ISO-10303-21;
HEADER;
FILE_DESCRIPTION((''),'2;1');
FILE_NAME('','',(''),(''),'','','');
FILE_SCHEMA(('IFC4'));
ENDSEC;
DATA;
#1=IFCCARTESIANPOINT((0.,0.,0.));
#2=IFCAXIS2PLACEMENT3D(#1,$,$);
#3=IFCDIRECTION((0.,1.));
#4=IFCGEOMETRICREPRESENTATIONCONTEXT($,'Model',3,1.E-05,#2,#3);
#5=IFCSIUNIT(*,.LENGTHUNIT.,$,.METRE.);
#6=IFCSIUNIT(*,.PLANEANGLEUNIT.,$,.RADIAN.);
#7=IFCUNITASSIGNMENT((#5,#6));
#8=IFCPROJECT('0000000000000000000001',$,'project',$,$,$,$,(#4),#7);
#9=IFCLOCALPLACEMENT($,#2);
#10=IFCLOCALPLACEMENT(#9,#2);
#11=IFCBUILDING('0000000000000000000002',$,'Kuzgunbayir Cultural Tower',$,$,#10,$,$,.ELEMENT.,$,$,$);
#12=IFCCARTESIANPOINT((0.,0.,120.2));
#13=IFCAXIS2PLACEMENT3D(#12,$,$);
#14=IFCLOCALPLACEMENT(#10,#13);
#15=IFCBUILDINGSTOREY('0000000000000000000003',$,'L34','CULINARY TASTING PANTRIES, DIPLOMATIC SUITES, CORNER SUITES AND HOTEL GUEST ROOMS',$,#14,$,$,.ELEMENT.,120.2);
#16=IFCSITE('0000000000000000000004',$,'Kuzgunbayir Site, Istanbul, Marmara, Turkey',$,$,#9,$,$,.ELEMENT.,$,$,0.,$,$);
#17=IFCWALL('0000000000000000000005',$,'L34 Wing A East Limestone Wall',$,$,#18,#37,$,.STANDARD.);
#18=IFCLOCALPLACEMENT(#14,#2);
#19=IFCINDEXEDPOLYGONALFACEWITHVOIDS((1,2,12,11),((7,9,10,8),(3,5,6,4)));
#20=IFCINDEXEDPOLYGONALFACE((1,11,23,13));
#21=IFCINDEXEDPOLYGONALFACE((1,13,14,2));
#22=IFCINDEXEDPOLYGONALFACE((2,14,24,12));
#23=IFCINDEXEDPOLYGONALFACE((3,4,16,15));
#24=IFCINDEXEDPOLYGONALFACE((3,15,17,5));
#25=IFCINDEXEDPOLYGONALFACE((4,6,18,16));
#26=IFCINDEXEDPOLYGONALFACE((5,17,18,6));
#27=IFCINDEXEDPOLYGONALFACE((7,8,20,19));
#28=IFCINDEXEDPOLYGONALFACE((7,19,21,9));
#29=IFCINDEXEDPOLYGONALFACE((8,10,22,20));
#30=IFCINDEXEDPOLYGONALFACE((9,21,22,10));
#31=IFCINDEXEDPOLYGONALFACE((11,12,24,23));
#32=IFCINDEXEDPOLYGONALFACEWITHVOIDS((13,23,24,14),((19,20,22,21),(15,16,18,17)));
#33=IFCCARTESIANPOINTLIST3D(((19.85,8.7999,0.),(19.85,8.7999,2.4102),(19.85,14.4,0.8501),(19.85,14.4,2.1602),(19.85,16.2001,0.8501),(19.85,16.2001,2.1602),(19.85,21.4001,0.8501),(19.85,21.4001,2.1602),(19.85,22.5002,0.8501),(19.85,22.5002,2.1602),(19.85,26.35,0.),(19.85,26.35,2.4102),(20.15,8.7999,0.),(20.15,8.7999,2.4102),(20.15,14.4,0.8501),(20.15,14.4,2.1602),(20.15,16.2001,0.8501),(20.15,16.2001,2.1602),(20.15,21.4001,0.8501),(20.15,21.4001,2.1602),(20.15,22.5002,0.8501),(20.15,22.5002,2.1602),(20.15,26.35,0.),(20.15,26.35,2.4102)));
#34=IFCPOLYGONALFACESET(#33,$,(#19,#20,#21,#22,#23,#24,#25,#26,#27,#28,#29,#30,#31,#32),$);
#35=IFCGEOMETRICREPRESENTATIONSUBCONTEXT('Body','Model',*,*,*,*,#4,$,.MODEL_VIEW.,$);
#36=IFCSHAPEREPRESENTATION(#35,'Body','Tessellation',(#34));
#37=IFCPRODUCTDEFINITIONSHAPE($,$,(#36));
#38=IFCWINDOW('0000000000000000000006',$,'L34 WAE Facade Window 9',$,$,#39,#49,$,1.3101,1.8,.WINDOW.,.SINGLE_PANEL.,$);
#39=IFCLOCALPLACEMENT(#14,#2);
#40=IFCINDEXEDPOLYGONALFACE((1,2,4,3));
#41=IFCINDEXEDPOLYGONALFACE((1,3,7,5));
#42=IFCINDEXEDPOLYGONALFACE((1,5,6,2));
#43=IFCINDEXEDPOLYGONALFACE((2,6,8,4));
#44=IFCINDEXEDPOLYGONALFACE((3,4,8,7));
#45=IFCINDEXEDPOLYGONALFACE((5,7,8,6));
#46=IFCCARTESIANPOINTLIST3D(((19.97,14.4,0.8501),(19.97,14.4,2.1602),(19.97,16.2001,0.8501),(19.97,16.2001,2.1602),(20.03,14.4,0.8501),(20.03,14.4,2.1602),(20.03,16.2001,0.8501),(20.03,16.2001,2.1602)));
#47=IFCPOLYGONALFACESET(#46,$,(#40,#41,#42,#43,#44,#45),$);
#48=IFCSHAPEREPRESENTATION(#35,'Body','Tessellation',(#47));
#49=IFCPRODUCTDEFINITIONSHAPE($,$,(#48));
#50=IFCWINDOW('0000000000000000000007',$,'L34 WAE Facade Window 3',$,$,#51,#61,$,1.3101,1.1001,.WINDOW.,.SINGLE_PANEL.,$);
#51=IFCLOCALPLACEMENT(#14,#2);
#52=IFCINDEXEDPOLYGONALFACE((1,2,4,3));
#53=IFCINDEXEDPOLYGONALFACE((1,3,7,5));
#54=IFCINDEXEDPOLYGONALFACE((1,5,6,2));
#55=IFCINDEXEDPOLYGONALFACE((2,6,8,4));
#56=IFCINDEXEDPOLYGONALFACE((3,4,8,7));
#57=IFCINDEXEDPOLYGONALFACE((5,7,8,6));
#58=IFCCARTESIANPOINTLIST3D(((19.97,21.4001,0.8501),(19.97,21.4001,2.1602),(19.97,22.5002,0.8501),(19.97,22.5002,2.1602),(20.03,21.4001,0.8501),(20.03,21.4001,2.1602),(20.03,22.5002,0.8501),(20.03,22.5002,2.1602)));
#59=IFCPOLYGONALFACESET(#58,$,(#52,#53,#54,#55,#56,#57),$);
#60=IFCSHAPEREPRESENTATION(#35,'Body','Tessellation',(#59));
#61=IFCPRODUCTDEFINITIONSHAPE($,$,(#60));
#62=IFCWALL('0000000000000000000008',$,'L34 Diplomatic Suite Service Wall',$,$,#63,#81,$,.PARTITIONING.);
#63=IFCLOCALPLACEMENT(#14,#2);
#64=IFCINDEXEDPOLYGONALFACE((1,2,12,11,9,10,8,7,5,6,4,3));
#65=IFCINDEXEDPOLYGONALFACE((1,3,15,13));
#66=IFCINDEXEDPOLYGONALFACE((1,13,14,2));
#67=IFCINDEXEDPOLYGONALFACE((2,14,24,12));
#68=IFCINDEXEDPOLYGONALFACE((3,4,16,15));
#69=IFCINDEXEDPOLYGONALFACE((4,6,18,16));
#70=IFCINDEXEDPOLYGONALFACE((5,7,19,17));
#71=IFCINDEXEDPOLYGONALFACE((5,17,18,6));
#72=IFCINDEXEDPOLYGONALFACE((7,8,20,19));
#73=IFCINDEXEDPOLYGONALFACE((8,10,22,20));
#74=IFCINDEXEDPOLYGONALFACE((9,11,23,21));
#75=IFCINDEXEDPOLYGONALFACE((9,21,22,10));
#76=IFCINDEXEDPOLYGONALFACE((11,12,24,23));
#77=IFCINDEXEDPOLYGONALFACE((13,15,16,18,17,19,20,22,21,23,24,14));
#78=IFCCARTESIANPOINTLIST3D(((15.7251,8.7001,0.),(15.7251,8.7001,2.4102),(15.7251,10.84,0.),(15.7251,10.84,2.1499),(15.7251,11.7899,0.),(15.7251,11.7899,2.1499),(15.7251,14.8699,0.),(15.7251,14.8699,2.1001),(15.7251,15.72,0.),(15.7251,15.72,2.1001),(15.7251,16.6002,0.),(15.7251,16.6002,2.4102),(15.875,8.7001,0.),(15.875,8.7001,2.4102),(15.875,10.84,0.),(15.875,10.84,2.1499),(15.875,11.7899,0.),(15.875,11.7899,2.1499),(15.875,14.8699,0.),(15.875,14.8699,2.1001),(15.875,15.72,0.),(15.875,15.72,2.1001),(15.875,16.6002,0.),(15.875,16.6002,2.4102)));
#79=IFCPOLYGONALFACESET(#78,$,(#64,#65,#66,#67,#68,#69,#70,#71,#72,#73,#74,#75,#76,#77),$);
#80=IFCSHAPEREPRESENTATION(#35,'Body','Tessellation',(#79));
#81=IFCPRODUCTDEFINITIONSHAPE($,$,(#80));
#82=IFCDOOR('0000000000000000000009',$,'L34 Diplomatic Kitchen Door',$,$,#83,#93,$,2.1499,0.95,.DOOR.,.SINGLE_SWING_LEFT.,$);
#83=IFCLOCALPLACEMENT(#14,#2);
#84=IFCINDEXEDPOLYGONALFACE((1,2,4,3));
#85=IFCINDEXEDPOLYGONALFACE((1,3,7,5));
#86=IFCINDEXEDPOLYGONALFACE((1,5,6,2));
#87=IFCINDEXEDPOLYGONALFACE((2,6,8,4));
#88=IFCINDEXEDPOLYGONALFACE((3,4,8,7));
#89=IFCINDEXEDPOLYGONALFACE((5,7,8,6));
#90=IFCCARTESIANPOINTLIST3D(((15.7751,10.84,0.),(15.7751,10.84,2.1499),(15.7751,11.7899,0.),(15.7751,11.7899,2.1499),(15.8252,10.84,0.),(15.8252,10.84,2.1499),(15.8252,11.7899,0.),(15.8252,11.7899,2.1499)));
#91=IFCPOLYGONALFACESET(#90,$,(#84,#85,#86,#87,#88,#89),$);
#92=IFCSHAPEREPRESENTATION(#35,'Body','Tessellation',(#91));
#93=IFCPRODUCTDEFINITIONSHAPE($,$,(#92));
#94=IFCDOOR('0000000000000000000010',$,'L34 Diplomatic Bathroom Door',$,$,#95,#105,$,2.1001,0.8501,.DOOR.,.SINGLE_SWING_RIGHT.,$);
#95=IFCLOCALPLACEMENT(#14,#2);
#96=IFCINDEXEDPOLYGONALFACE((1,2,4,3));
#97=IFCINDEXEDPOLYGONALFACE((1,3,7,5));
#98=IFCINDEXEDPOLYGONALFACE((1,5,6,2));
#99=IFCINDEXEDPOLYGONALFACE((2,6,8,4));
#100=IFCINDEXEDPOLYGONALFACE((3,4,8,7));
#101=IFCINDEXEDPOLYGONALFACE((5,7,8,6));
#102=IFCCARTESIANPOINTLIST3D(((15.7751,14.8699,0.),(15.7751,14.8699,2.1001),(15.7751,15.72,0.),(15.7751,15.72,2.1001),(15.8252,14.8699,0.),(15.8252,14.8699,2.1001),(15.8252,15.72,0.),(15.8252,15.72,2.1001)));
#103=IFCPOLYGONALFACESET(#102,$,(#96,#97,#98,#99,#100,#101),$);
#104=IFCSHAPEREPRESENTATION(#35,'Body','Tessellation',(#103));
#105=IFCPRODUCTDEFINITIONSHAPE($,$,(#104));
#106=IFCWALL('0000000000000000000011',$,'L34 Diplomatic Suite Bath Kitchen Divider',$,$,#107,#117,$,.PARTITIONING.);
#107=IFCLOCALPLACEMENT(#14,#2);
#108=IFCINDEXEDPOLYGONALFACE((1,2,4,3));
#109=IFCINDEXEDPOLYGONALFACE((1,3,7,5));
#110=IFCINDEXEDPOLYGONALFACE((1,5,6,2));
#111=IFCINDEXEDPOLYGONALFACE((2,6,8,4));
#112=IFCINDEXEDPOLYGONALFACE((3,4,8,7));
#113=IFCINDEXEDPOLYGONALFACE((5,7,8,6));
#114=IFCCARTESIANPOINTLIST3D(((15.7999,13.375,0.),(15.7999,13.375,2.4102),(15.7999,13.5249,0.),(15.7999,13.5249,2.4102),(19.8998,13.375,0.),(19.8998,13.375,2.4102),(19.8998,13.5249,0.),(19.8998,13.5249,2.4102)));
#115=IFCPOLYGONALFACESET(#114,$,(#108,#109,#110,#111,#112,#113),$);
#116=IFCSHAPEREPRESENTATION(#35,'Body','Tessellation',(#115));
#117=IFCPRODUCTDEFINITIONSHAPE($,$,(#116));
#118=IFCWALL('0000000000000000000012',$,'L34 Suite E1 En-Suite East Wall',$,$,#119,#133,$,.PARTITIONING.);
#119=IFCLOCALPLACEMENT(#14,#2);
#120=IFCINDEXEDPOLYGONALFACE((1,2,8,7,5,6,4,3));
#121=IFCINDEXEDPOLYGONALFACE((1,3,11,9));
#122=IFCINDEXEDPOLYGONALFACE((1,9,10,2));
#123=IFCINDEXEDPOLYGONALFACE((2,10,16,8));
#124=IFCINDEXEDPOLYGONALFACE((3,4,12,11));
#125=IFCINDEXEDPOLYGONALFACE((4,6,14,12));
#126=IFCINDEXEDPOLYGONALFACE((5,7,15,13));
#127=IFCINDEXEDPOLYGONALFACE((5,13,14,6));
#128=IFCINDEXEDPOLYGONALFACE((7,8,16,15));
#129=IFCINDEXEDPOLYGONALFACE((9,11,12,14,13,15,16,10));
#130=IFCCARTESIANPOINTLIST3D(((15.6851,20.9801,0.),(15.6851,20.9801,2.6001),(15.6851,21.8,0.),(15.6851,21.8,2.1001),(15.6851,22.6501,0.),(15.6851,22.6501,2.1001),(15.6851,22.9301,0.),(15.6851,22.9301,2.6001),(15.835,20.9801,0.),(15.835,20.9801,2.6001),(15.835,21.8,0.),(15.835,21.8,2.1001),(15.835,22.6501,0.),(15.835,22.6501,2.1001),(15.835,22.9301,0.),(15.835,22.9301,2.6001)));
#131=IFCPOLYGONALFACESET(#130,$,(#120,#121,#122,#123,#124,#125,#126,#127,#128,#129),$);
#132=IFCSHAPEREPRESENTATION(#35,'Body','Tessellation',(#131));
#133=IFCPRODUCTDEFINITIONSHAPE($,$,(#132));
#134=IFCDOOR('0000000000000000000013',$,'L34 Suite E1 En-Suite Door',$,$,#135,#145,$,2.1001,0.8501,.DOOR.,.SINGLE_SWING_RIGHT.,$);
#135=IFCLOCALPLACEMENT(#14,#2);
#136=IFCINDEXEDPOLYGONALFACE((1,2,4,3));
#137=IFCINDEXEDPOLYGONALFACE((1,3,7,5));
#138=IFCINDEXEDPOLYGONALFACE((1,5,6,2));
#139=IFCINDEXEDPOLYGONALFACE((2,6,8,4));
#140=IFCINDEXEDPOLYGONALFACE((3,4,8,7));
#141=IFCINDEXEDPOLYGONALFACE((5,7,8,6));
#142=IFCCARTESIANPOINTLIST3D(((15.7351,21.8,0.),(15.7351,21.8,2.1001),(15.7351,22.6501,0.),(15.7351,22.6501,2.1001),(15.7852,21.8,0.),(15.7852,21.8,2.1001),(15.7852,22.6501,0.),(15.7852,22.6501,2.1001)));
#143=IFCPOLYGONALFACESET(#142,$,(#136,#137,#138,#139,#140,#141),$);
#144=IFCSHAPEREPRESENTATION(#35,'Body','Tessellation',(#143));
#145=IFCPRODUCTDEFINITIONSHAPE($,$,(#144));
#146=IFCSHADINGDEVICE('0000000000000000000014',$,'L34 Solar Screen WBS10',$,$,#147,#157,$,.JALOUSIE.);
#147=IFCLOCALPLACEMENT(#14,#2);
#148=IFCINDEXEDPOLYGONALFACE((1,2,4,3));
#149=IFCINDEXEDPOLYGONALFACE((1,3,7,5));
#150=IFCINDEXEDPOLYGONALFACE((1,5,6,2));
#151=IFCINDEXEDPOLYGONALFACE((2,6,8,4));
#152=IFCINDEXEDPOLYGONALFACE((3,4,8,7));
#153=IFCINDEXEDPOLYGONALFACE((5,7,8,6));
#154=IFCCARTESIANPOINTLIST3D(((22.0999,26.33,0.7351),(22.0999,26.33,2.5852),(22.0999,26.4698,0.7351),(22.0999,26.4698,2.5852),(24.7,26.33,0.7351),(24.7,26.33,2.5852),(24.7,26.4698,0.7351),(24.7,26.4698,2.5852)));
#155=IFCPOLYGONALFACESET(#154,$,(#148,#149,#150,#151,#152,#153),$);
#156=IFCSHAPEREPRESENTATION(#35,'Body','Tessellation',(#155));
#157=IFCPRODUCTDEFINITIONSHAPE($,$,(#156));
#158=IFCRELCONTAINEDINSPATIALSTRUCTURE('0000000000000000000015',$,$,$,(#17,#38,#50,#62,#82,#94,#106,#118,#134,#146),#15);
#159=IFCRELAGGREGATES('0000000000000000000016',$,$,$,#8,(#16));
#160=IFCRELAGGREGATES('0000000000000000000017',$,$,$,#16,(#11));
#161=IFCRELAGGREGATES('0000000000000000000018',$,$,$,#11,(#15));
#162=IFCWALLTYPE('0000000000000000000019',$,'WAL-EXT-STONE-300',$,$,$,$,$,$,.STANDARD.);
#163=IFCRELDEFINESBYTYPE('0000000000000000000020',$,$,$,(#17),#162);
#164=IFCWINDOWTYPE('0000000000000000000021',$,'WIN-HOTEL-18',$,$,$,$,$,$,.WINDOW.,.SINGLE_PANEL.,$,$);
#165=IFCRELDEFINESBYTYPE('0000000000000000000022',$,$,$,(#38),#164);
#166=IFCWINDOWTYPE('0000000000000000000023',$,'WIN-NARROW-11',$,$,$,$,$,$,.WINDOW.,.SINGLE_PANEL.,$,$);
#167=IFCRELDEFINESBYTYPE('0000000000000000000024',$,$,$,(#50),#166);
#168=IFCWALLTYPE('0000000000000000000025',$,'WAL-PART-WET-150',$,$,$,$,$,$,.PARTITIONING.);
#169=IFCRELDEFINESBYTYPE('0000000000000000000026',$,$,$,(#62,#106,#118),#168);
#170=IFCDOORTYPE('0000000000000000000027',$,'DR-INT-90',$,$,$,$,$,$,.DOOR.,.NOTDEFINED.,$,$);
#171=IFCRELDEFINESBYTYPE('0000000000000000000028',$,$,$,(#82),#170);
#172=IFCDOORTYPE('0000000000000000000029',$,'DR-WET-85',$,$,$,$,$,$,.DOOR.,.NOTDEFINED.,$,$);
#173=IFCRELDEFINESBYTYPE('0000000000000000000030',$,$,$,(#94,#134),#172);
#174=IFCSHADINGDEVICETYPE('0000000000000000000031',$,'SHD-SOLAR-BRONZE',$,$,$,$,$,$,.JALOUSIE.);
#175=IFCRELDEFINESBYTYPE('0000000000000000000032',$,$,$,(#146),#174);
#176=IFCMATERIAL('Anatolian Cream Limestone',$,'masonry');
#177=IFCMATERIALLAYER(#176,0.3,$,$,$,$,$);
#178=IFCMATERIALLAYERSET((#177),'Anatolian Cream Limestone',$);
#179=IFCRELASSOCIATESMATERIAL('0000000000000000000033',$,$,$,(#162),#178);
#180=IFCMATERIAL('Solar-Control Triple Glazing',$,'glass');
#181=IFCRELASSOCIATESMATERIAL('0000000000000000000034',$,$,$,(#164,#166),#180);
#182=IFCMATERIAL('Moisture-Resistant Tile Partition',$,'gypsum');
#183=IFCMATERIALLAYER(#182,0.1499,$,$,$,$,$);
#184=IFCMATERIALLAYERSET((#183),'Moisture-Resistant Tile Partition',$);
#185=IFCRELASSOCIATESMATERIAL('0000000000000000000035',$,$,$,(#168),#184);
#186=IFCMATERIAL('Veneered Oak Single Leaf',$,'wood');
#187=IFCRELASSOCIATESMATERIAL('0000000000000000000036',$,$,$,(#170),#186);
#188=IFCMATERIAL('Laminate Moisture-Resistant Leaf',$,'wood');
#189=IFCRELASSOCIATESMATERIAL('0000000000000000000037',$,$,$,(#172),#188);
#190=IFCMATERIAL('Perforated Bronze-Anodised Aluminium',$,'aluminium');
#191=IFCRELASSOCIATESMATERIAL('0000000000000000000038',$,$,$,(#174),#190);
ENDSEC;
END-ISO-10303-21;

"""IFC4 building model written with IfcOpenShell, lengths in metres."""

from ifc_helpers import new_model, si_unit, direction, frame, frame_2d, origin, origin_2d, place, context, subcontext, project, spatial, rectangle, extrude, material, layer, layer_set, type_object, element, fill, save


model = new_model("IFC4")

# Units and contexts
model_context = context("Model", 3, precision=1e-05, world=origin(), true_north=direction((0.0, 1.0)))
body_context = subcontext(model_context, "Body", "Model", "MODEL_VIEW")
ifc_project = project(units=[si_unit("LENGTHUNIT", "METRE"), si_unit("PLANEANGLEUNIT", "RADIAN")], contexts=[model_context])

# Site, building, storey
site_placement = place(None, origin())
site = spatial("IfcSite", under=ifc_project, at=site_placement, Name="Kuzgunbayir Site, Istanbul, Marmara, Turkey", CompositionType="ELEMENT", RefElevation=0.0)
building_placement = place(site_placement, origin())
building = spatial("IfcBuilding", under=site, at=building_placement, Name="Kuzgunbayir Cultural Tower", CompositionType="ELEMENT")
storey_placement = place(building_placement, frame((0.0, 0.0, 120.2)))
storey = spatial("IfcBuildingStorey", under=building, at=storey_placement, Name="L34", Description="CULINARY TASTING PANTRIES, DIPLOMATIC SUITES, CORNER SUITES AND HOTEL GUEST ROOMS", CompositionType="ELEMENT", Elevation=120.2)

# Wall, openings, windows
ifc_material_1 = material(Name="Anatolian Cream Limestone", Category="masonry")
ifc_layer_1 = layer(ifc_material_1, 0.3)
ifc_layer_set_1 = layer_set([ifc_layer_1], Name="Anatolian Cream Limestone")
wall_type_1 = type_object("IfcWallType", Name="WAL-EXT-STONE-300", PredefinedType="STANDARD", material=ifc_layer_set_1)
wall_1_placement = place(storey_placement, frame((20.0, 8.8, 0.0), z_axis=(0.0, 0.0, 1.0), x_axis=(0.0, 1.0, 0.0)))
wall_1 = element("IfcWall", 1, at=wall_1_placement, inside=storey, type_object=wall_type_1, Name="L34 Wing A East Limestone Wall", PredefinedType="STANDARD", context=body_context, shape_type="SweptSolid", body=[
    extrude(rectangle(XDim=17.55, YDim=0.3, at=frame_2d((8.7749, 0.0))), origin(), (0.0, 0.0, 1.0), 2.4102),
])
opening_1_placement = place(wall_1_placement, frame((12.6001, 0.0, 0.8501)))
opening_1 = element("IfcOpeningElement", 2, at=opening_1_placement, cuts=wall_1, PredefinedType="OPENING", context=body_context, shape_type="SweptSolid", body=[
    extrude(rectangle(XDim=1.1001, YDim=1.3101, at=frame_2d((0.55, 0.655))), frame((0.0, 0.1602, 0.0), z_axis=(0.0, -1.0, 0.0), x_axis=(1.0, 0.0, 0.0)), (0.0, 0.0, 1.0), 0.3201),
])
opening_2_placement = place(wall_1_placement, frame((5.6001, 0.0, 0.8501)))
opening_2 = element("IfcOpeningElement", 3, at=opening_2_placement, cuts=wall_1, PredefinedType="OPENING", context=body_context, shape_type="SweptSolid", body=[
    extrude(rectangle(XDim=1.8, YDim=1.3101, at=frame_2d((0.8999, 0.655))), frame((0.0, 0.1602, 0.0), z_axis=(0.0, -1.0, 0.0), x_axis=(1.0, 0.0, 0.0)), (0.0, 0.0, 1.0), 0.3201),
])
ifc_material_2 = material(Name="Solar-Control Triple Glazing", Category="glass")
window_type_1 = type_object("IfcWindowType", Name="WIN-HOTEL-18", PartitioningType="SINGLE_PANEL", PredefinedType="WINDOW", material=ifc_material_2)
window_1_placement = place(opening_2_placement, origin())
window_1 = element("IfcWindow", 4, at=window_1_placement, inside=storey, type_object=window_type_1, Name="L34 WAE Facade Window 9", OverallHeight=1.3101, OverallWidth=1.8, PartitioningType="SINGLE_PANEL", PredefinedType="WINDOW", context=body_context, shape_type="SweptSolid", body=[
    extrude(rectangle(XDim=1.8, YDim=1.3101, at=frame_2d((0.8999, 0.655))), frame((0.0, 0.03, 0.0), z_axis=(0.0, -1.0, 0.0), x_axis=(1.0, 0.0, 0.0)), (0.0, 0.0, 1.0), 0.0601),
])
fill(opening_2, window_1)
window_type_2 = type_object("IfcWindowType", Name="WIN-NARROW-11", PartitioningType="SINGLE_PANEL", PredefinedType="WINDOW", material=ifc_material_2)
window_2_placement = place(opening_1_placement, origin())
window_2 = element("IfcWindow", 5, at=window_2_placement, inside=storey, type_object=window_type_2, Name="L34 WAE Facade Window 3", OverallHeight=1.3101, OverallWidth=1.1001, PartitioningType="SINGLE_PANEL", PredefinedType="WINDOW", context=body_context, shape_type="SweptSolid", body=[
    extrude(rectangle(XDim=1.1001, YDim=1.3101, at=frame_2d((0.55, 0.655))), frame((0.0, 0.03, 0.0), z_axis=(0.0, -1.0, 0.0), x_axis=(1.0, 0.0, 0.0)), (0.0, 0.0, 1.0), 0.0601),
])
fill(opening_1, window_2)

# Wall, openings, doors
ifc_material_3 = material(Name="Moisture-Resistant Tile Partition", Category="gypsum")
ifc_layer_2 = layer(ifc_material_3, 0.1499)
ifc_layer_set_2 = layer_set([ifc_layer_2], Name="Moisture-Resistant Tile Partition")
wall_type_2 = type_object("IfcWallType", Name="WAL-PART-WET-150", PredefinedType="PARTITIONING", material=ifc_layer_set_2)
wall_2_placement = place(storey_placement, frame((15.8, 8.7, 0.0), z_axis=(0.0, 0.0, 1.0), x_axis=(0.0, 1.0, 0.0)))
wall_2 = element("IfcWall", 6, at=wall_2_placement, inside=storey, type_object=wall_type_2, Name="L34 Diplomatic Suite Service Wall", PredefinedType="PARTITIONING", context=body_context, shape_type="SweptSolid", body=[
    extrude(rectangle(XDim=7.9001, YDim=0.1499, at=frame_2d((3.9502, 0.0))), origin(), (0.0, 0.0, 1.0), 2.4102),
])
opening_3_placement = place(wall_2_placement, frame((2.1399, 0.0, 0.0)))
opening_3 = element("IfcOpeningElement", 7, at=opening_3_placement, cuts=wall_2, PredefinedType="OPENING", context=body_context, shape_type="SweptSolid", body=[
    extrude(rectangle(XDim=0.95, YDim=2.1499, at=frame_2d((0.4751, 1.075))), frame((0.0, 0.085, 0.0), z_axis=(0.0, -1.0, 0.0), x_axis=(1.0, 0.0, 0.0)), (0.0, 0.0, 1.0), 0.1699),
])
opening_4_placement = place(wall_2_placement, frame((6.1699, 0.0, 0.0)))
opening_4 = element("IfcOpeningElement", 8, at=opening_4_placement, cuts=wall_2, PredefinedType="OPENING", context=body_context, shape_type="SweptSolid", body=[
    extrude(rectangle(XDim=0.8501, YDim=2.1001, at=frame_2d((0.425, 1.05))), frame((0.0, 0.085, 0.0), z_axis=(0.0, -1.0, 0.0), x_axis=(1.0, 0.0, 0.0)), (0.0, 0.0, 1.0), 0.1699),
])
ifc_material_4 = material(Name="Veneered Oak Single Leaf", Category="wood")
door_type_1 = type_object("IfcDoorType", Name="DR-INT-90", OperationType="NOTDEFINED", PredefinedType="DOOR", material=ifc_material_4)
door_1_placement = place(opening_3_placement, origin())
door_1 = element("IfcDoor", 9, at=door_1_placement, inside=storey, type_object=door_type_1, Name="L34 Diplomatic Kitchen Door", OperationType="SINGLE_SWING_LEFT", OverallHeight=2.1499, OverallWidth=0.95, PredefinedType="DOOR", context=body_context, shape_type="SweptSolid", body=[
    extrude(rectangle(XDim=0.95, YDim=2.1499, at=frame_2d((0.4751, 1.075))), frame((0.0, 0.0249, 0.0), z_axis=(0.0, -1.0, 0.0), x_axis=(1.0, 0.0, 0.0)), (0.0, 0.0, 1.0), 0.05),
])
fill(opening_3, door_1)
ifc_material_5 = material(Name="Laminate Moisture-Resistant Leaf", Category="wood")
door_type_2 = type_object("IfcDoorType", Name="DR-WET-85", OperationType="NOTDEFINED", PredefinedType="DOOR", material=ifc_material_5)
door_2_placement = place(opening_4_placement, origin())
door_2 = element("IfcDoor", 10, at=door_2_placement, inside=storey, type_object=door_type_2, Name="L34 Diplomatic Bathroom Door", OperationType="SINGLE_SWING_RIGHT", OverallHeight=2.1001, OverallWidth=0.8501, PredefinedType="DOOR", context=body_context, shape_type="SweptSolid", body=[
    extrude(rectangle(XDim=0.8501, YDim=2.1001, at=frame_2d((0.425, 1.05))), frame((0.0, 0.0249, 0.0), z_axis=(0.0, -1.0, 0.0), x_axis=(1.0, 0.0, 0.0)), (0.0, 0.0, 1.0), 0.05),
])
fill(opening_4, door_2)

# Wall
wall_3_placement = place(storey_placement, frame((15.8, 13.45, 0.0), z_axis=(0.0, 0.0, 1.0), x_axis=(1.0, 0.0, 0.0)))
element("IfcWall", 11, at=wall_3_placement, inside=storey, type_object=wall_type_2, Name="L34 Diplomatic Suite Bath Kitchen Divider", PredefinedType="PARTITIONING", context=body_context, shape_type="SweptSolid", body=[
    extrude(rectangle(XDim=4.0999, YDim=0.1499, at=frame_2d((2.0498, 0.0))), origin(), (0.0, 0.0, 1.0), 2.4102),
])

# Wall, opening, door
wall_4_placement = place(storey_placement, frame((15.76, 20.98, 0.0), z_axis=(0.0, 0.0, 1.0), x_axis=(0.0, 1.0, 0.0)))
wall_4 = element("IfcWall", 12, at=wall_4_placement, inside=storey, type_object=wall_type_2, Name="L34 Suite E1 En-Suite East Wall", PredefinedType="PARTITIONING", context=body_context, shape_type="SweptSolid", body=[
    extrude(rectangle(XDim=1.95, YDim=0.1499, at=frame_2d((0.9751, 0.0))), origin(), (0.0, 0.0, 1.0), 2.6001),
])
opening_5_placement = place(wall_4_placement, frame((0.8201, 0.0, 0.0)))
opening_5 = element("IfcOpeningElement", 13, at=opening_5_placement, cuts=wall_4, PredefinedType="OPENING", context=body_context, shape_type="SweptSolid", body=[
    extrude(rectangle(XDim=0.8501, YDim=2.1001, at=frame_2d((0.425, 1.05))), frame((0.0, 0.085, 0.0), z_axis=(0.0, -1.0, 0.0), x_axis=(1.0, 0.0, 0.0)), (0.0, 0.0, 1.0), 0.1699),
])
door_3_placement = place(opening_5_placement, origin())
door_3 = element("IfcDoor", 14, at=door_3_placement, inside=storey, type_object=door_type_2, Name="L34 Suite E1 En-Suite Door", OperationType="SINGLE_SWING_RIGHT", OverallHeight=2.1001, OverallWidth=0.8501, PredefinedType="DOOR", context=body_context, shape_type="SweptSolid", body=[
    extrude(rectangle(XDim=0.8501, YDim=2.1001, at=frame_2d((0.425, 1.05))), frame((0.0, 0.0249, 0.0), z_axis=(0.0, -1.0, 0.0), x_axis=(1.0, 0.0, 0.0)), (0.0, 0.0, 1.0), 0.05),
])
fill(opening_5, door_3)

# Shading device
ifc_material_6 = material(Name="Perforated Bronze-Anodised Aluminium", Category="aluminium")
shading_device_type = type_object("IfcShadingDeviceType", Name="SHD-SOLAR-BRONZE", PredefinedType="JALOUSIE", material=ifc_material_6)
shading_device_placement = place(storey_placement, frame((23.3999, 26.3999, 0.7351), z_axis=(0.0, 0.0, 1.0), x_axis=(1.0, 0.0, 0.0)))
element("IfcShadingDevice", 15, at=shading_device_placement, inside=storey, type_object=shading_device_type, Name="L34 Solar Screen WBS10", PredefinedType="JALOUSIE", context=body_context, shape_type="SweptSolid", body=[
    extrude(rectangle(XDim=2.6001, YDim=0.1399, at=origin_2d()), origin(), (0.0, 0.0, 1.0), 1.8501),
])

save(model, "model.ifc")
